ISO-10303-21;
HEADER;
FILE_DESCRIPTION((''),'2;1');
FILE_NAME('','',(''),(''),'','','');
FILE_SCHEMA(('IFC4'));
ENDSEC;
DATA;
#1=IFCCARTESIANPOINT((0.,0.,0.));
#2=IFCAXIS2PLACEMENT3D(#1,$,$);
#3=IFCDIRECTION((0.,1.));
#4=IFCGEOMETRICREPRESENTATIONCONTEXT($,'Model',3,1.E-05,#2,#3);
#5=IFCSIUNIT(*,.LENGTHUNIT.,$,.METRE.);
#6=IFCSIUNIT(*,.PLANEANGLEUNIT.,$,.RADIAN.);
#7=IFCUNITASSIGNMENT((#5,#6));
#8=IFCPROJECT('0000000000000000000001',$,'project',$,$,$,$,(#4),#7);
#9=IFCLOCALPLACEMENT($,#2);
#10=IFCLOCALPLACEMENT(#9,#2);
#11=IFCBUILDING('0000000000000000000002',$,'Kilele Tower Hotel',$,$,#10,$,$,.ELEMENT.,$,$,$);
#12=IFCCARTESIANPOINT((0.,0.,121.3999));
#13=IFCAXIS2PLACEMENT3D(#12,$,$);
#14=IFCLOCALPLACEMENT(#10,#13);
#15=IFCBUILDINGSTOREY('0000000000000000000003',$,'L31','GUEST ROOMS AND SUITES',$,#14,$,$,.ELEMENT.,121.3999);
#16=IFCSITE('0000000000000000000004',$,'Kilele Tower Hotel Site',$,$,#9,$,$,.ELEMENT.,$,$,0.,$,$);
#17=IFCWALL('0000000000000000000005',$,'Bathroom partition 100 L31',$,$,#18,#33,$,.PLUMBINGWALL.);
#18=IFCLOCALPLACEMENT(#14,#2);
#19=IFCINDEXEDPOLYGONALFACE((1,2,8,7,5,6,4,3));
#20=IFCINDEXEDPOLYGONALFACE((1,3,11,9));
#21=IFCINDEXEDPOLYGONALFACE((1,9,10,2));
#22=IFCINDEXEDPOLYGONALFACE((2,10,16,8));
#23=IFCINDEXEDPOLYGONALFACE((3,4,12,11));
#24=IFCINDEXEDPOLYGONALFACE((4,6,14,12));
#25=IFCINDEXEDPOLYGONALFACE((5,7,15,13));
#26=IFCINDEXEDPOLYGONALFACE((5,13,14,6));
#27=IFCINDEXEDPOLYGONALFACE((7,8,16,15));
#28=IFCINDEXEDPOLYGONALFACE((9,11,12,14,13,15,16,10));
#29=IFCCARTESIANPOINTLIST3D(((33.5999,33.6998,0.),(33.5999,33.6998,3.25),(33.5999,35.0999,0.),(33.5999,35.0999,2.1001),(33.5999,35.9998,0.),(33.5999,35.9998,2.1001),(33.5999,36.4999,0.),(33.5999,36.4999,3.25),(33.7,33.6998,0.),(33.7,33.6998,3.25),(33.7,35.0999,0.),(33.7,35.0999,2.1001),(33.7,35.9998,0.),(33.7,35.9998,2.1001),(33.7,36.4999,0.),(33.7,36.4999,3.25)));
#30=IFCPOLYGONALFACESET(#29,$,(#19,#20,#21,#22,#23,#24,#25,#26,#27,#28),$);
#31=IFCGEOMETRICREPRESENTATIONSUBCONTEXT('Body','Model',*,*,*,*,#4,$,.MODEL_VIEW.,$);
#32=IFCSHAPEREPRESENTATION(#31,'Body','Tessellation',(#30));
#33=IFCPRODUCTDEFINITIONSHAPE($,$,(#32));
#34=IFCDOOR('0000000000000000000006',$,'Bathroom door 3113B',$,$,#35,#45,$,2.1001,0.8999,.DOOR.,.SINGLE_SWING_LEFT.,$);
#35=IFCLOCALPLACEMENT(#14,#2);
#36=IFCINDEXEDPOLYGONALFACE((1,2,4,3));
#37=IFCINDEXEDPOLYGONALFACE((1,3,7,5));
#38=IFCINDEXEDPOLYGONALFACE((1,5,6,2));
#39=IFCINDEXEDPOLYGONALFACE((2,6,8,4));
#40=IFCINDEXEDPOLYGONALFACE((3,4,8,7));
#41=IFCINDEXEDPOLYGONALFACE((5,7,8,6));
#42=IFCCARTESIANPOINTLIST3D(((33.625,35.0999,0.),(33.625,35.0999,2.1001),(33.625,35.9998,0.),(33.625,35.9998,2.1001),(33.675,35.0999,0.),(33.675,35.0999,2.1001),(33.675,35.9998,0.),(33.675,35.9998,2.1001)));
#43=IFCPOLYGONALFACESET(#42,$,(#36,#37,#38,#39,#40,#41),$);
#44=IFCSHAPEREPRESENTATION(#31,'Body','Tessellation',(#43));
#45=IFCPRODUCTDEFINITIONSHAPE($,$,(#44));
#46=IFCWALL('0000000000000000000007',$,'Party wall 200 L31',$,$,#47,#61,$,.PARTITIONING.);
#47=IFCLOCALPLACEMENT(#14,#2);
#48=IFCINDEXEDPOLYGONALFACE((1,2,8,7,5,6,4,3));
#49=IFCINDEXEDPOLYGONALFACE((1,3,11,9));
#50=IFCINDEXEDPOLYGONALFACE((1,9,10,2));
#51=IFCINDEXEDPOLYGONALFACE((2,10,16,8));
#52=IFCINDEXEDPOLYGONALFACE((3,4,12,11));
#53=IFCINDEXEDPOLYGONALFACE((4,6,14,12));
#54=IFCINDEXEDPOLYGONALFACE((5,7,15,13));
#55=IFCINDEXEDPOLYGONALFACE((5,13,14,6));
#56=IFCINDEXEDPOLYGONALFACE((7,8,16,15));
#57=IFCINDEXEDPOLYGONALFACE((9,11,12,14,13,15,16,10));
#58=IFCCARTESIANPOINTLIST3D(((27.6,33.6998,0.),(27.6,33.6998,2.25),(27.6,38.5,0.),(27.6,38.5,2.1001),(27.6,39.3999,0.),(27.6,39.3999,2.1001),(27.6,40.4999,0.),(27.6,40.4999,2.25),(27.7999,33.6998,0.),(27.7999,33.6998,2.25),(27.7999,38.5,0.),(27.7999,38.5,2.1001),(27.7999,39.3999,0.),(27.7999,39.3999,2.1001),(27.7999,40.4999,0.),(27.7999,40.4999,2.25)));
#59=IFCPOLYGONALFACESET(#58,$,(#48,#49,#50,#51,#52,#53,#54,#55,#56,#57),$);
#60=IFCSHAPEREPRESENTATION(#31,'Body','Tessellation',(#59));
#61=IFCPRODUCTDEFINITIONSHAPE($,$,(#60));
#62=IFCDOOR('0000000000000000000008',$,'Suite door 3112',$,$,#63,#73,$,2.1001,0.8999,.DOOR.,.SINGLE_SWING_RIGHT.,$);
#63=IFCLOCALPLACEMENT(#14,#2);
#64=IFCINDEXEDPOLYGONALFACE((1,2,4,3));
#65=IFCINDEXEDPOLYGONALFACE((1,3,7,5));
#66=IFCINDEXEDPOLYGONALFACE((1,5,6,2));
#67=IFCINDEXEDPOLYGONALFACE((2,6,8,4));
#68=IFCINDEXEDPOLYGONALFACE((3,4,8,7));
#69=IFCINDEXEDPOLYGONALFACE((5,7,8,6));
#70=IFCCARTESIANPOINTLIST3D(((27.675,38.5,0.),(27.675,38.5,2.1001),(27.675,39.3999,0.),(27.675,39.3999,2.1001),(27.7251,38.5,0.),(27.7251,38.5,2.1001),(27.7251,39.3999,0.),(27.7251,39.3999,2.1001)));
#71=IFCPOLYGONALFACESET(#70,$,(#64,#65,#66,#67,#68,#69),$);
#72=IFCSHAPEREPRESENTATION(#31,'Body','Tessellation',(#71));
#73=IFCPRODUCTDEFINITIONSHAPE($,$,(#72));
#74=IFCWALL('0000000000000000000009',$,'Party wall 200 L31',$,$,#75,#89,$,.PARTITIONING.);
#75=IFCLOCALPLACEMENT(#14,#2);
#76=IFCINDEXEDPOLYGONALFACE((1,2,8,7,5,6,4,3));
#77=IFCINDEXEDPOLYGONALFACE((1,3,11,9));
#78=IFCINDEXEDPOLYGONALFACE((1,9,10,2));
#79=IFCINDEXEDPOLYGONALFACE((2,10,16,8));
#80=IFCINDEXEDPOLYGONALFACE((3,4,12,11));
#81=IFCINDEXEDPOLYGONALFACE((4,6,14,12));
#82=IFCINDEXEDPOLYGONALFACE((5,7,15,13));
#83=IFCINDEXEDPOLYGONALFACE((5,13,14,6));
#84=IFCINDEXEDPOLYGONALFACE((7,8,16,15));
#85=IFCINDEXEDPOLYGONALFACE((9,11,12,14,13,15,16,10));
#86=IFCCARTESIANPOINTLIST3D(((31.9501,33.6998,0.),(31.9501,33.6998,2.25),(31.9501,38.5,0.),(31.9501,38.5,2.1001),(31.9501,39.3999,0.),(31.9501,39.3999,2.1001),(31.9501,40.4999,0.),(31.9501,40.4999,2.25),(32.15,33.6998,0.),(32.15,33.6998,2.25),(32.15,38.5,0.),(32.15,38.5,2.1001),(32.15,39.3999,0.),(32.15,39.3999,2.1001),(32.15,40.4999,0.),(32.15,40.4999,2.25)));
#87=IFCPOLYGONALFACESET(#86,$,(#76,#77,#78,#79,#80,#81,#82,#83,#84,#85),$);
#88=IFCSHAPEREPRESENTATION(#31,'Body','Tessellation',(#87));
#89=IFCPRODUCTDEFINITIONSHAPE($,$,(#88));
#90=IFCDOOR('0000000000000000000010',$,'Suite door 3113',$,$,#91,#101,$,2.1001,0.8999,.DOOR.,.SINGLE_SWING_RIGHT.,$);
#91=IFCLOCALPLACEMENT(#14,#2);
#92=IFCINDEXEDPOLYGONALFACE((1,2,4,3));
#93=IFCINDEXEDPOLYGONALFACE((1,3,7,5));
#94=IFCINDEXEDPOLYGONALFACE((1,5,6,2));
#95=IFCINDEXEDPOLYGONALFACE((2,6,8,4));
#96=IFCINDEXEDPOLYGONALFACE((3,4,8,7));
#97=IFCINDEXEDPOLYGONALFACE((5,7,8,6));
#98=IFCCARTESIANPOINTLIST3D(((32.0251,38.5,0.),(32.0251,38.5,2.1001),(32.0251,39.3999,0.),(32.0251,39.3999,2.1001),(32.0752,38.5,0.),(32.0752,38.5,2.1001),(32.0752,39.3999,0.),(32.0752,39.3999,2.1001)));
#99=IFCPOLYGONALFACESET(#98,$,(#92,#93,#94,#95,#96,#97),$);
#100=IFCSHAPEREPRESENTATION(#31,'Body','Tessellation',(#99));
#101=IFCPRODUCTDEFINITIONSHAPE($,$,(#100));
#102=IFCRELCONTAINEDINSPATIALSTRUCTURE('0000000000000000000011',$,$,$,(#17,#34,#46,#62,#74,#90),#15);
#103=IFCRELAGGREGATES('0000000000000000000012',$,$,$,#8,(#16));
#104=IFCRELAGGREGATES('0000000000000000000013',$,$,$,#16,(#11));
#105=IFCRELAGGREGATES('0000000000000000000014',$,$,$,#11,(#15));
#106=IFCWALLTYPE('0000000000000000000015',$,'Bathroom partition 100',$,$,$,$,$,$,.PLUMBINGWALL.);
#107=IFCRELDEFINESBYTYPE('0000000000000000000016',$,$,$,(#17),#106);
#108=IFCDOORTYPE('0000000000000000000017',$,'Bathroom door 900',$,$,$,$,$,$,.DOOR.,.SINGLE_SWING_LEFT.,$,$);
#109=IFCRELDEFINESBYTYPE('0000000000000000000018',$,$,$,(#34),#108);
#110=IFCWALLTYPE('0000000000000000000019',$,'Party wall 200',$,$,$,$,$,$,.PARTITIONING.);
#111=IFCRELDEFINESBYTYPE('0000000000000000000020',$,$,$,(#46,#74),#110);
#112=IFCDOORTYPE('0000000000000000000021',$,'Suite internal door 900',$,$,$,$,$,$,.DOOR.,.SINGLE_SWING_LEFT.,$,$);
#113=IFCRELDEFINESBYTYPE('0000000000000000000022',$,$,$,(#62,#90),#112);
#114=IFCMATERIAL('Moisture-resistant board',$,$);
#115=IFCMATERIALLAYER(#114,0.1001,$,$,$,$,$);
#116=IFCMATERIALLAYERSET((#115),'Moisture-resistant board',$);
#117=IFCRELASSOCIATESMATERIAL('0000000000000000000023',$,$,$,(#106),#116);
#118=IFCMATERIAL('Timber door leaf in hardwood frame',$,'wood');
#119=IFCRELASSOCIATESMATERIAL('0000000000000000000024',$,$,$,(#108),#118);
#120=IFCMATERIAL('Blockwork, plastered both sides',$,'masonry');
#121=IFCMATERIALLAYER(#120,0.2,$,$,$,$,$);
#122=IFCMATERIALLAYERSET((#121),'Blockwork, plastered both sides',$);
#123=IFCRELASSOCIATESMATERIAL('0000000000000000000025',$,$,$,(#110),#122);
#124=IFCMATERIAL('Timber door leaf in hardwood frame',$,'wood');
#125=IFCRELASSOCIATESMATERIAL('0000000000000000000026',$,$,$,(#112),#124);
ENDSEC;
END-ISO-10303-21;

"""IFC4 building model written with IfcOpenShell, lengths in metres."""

from ifc_helpers import new_model, si_unit, direction, frame, frame_2d, origin, place, context, subcontext, project, spatial, rectangle, extrude, material, layer, layer_set, type_object, element, fill, save


model = new_model("IFC4")

# Units and contexts
model_context = context("Model", 3, precision=1e-05, world=origin(), true_north=direction((0.0, 1.0)))
body_context = subcontext(model_context, "Body", "Model", "MODEL_VIEW")
ifc_project = project(units=[si_unit("LENGTHUNIT", "METRE"), si_unit("PLANEANGLEUNIT", "RADIAN")], contexts=[model_context])

# Site, building, storey
site_placement = place(None, origin())
site = spatial("IfcSite", under=ifc_project, at=site_placement, Name="Kilele Tower Hotel Site", CompositionType="ELEMENT", RefElevation=0.0)
building_placement = place(site_placement, origin())
building = spatial("IfcBuilding", under=site, at=building_placement, Name="Kilele Tower Hotel", CompositionType="ELEMENT")
storey_placement = place(building_placement, frame((0.0, 0.0, 121.3999)))
storey = spatial("IfcBuildingStorey", under=building, at=storey_placement, Name="L31", Description="GUEST ROOMS AND SUITES", CompositionType="ELEMENT", Elevation=121.3999)

# Shared definitions
ifc_material_1 = material(Name="Moisture-resistant board")
ifc_layer_1 = layer(ifc_material_1, 0.1001)
ifc_layer_set_1 = layer_set([ifc_layer_1], Name="Moisture-resistant board")
wall_type_1 = type_object("IfcWallType", Name="Bathroom partition 100", PredefinedType="PLUMBINGWALL", material=ifc_layer_set_1)

# Shared definitions
ifc_material_2 = material(Name="Timber door leaf in hardwood frame", Category="wood")
door_type_1 = type_object("IfcDoorType", Name="Bathroom door 900", OperationType="SINGLE_SWING_LEFT", PredefinedType="DOOR", material=ifc_material_2)

# Walls, openings, doors
wall_1_placement = place(storey_placement, frame((33.6499, 33.7, 0.0), z_axis=(0.0, 0.0, 1.0), x_axis=(0.0, 1.0, 0.0)))
wall_1 = element("IfcWall", 1, at=wall_1_placement, inside=storey, type_object=wall_type_1, Name="Bathroom partition 100 L31", PredefinedType="PLUMBINGWALL", context=body_context, shape_type="SweptSolid", body=[
    extrude(rectangle(XDim=2.8, YDim=0.1001, at=frame_2d((1.3999, 0.0))), origin(), (0.0, 0.0, 1.0), 3.25),
])
opening_1_placement = place(wall_1_placement, frame((1.3999, 0.0, 0.0)))
opening_1 = element("IfcOpeningElement", 2, at=opening_1_placement, cuts=wall_1, PredefinedType="OPENING", context=body_context, shape_type="SweptSolid", body=[
    extrude(rectangle(XDim=0.8999, YDim=2.1001, at=frame_2d((0.45, 1.05))), frame((0.0, 0.0601, 0.0), z_axis=(0.0, -1.0, 0.0), x_axis=(1.0, 0.0, 0.0)), (0.0, 0.0, 1.0), 0.1201),
])
door_1_placement = place(opening_1_placement, origin())
door_1 = element("IfcDoor", 3, at=door_1_placement, inside=storey, type_object=door_type_1, Name="Bathroom door 3113B", OperationType="SINGLE_SWING_LEFT", OverallHeight=2.1001, OverallWidth=0.8999, PredefinedType="DOOR", context=body_context, shape_type="SweptSolid", body=[
    extrude(rectangle(XDim=0.8999, YDim=2.1001, at=frame_2d((0.45, 1.05))), frame((0.0, 0.0249, 0.0), z_axis=(0.0, -1.0, 0.0), x_axis=(1.0, 0.0, 0.0)), (0.0, 0.0, 1.0), 0.05),
])
fill(opening_1, door_1)
ifc_material_3 = material(Name="Blockwork, plastered both sides", Category="masonry")
ifc_layer_2 = layer(ifc_material_3, 0.2)
ifc_layer_set_2 = layer_set([ifc_layer_2], Name="Blockwork, plastered both sides")
wall_type_2 = type_object("IfcWallType", Name="Party wall 200", PredefinedType="PARTITIONING", material=ifc_layer_set_2)
wall_2_placement = place(storey_placement, frame((27.7, 33.7, 0.0), z_axis=(0.0, 0.0, 1.0), x_axis=(0.0, 1.0, 0.0)))
wall_2 = element("IfcWall", 4, at=wall_2_placement, inside=storey, type_object=wall_type_2, Name="Party wall 200 L31", PredefinedType="PARTITIONING", context=body_context, shape_type="SweptSolid", body=[
    extrude(rectangle(XDim=6.8, YDim=0.2, at=frame_2d((3.3999, 0.0))), origin(), (0.0, 0.0, 1.0), 2.25),
])
opening_2_placement = place(wall_2_placement, frame((4.8, 0.0, 0.0)))
opening_2 = element("IfcOpeningElement", 5, at=opening_2_placement, cuts=wall_2, PredefinedType="OPENING", context=body_context, shape_type="SweptSolid", body=[
    extrude(rectangle(XDim=0.8999, YDim=2.1001, at=frame_2d((0.45, 1.05))), frame((0.0, 0.1099, 0.0), z_axis=(0.0, -1.0, 0.0), x_axis=(1.0, 0.0, 0.0)), (0.0, 0.0, 1.0), 0.22),
])
ifc_material_4 = material(Name="Timber door leaf in hardwood frame", Category="wood")
door_type_2 = type_object("IfcDoorType", Name="Suite internal door 900", OperationType="SINGLE_SWING_LEFT", PredefinedType="DOOR", material=ifc_material_4)
door_2_placement = place(opening_2_placement, origin())
door_2 = element("IfcDoor", 6, at=door_2_placement, inside=storey, type_object=door_type_2, Name="Suite door 3112", OperationType="SINGLE_SWING_RIGHT", OverallHeight=2.1001, OverallWidth=0.8999, PredefinedType="DOOR", context=body_context, shape_type="SweptSolid", body=[
    extrude(rectangle(XDim=0.8999, YDim=2.1001, at=frame_2d((0.45, 1.05))), frame((0.0, 0.0249, 0.0), z_axis=(0.0, -1.0, 0.0), x_axis=(1.0, 0.0, 0.0)), (0.0, 0.0, 1.0), 0.05),
])
fill(opening_2, door_2)
wall_3_placement = place(storey_placement, frame((32.05, 33.7, 0.0), z_axis=(0.0, 0.0, 1.0), x_axis=(0.0, 1.0, 0.0)))
wall_3 = element("IfcWall", 7, at=wall_3_placement, inside=storey, type_object=wall_type_2, Name="Party wall 200 L31", PredefinedType="PARTITIONING", context=body_context, shape_type="SweptSolid", body=[
    extrude(rectangle(XDim=6.8, YDim=0.2, at=frame_2d((3.3999, 0.0))), origin(), (0.0, 0.0, 1.0), 2.25),
])
opening_3_placement = place(wall_3_placement, frame((4.8, 0.0, 0.0)))
opening_3 = element("IfcOpeningElement", 8, at=opening_3_placement, cuts=wall_3, PredefinedType="OPENING", context=body_context, shape_type="SweptSolid", body=[
    extrude(rectangle(XDim=0.8999, YDim=2.1001, at=frame_2d((0.45, 1.05))), frame((0.0, 0.1099, 0.0), z_axis=(0.0, -1.0, 0.0), x_axis=(1.0, 0.0, 0.0)), (0.0, 0.0, 1.0), 0.22),
])
door_3_placement = place(opening_3_placement, origin())
door_3 = element("IfcDoor", 9, at=door_3_placement, inside=storey, type_object=door_type_2, Name="Suite door 3113", OperationType="SINGLE_SWING_RIGHT", OverallHeight=2.1001, OverallWidth=0.8999, PredefinedType="DOOR", context=body_context, shape_type="SweptSolid", body=[
    extrude(rectangle(XDim=0.8999, YDim=2.1001, at=frame_2d((0.45, 1.05))), frame((0.0, 0.0249, 0.0), z_axis=(0.0, -1.0, 0.0), x_axis=(1.0, 0.0, 0.0)), (0.0, 0.0, 1.0), 0.05),
])
fill(opening_3, door_3)

save(model, "model.ifc")
